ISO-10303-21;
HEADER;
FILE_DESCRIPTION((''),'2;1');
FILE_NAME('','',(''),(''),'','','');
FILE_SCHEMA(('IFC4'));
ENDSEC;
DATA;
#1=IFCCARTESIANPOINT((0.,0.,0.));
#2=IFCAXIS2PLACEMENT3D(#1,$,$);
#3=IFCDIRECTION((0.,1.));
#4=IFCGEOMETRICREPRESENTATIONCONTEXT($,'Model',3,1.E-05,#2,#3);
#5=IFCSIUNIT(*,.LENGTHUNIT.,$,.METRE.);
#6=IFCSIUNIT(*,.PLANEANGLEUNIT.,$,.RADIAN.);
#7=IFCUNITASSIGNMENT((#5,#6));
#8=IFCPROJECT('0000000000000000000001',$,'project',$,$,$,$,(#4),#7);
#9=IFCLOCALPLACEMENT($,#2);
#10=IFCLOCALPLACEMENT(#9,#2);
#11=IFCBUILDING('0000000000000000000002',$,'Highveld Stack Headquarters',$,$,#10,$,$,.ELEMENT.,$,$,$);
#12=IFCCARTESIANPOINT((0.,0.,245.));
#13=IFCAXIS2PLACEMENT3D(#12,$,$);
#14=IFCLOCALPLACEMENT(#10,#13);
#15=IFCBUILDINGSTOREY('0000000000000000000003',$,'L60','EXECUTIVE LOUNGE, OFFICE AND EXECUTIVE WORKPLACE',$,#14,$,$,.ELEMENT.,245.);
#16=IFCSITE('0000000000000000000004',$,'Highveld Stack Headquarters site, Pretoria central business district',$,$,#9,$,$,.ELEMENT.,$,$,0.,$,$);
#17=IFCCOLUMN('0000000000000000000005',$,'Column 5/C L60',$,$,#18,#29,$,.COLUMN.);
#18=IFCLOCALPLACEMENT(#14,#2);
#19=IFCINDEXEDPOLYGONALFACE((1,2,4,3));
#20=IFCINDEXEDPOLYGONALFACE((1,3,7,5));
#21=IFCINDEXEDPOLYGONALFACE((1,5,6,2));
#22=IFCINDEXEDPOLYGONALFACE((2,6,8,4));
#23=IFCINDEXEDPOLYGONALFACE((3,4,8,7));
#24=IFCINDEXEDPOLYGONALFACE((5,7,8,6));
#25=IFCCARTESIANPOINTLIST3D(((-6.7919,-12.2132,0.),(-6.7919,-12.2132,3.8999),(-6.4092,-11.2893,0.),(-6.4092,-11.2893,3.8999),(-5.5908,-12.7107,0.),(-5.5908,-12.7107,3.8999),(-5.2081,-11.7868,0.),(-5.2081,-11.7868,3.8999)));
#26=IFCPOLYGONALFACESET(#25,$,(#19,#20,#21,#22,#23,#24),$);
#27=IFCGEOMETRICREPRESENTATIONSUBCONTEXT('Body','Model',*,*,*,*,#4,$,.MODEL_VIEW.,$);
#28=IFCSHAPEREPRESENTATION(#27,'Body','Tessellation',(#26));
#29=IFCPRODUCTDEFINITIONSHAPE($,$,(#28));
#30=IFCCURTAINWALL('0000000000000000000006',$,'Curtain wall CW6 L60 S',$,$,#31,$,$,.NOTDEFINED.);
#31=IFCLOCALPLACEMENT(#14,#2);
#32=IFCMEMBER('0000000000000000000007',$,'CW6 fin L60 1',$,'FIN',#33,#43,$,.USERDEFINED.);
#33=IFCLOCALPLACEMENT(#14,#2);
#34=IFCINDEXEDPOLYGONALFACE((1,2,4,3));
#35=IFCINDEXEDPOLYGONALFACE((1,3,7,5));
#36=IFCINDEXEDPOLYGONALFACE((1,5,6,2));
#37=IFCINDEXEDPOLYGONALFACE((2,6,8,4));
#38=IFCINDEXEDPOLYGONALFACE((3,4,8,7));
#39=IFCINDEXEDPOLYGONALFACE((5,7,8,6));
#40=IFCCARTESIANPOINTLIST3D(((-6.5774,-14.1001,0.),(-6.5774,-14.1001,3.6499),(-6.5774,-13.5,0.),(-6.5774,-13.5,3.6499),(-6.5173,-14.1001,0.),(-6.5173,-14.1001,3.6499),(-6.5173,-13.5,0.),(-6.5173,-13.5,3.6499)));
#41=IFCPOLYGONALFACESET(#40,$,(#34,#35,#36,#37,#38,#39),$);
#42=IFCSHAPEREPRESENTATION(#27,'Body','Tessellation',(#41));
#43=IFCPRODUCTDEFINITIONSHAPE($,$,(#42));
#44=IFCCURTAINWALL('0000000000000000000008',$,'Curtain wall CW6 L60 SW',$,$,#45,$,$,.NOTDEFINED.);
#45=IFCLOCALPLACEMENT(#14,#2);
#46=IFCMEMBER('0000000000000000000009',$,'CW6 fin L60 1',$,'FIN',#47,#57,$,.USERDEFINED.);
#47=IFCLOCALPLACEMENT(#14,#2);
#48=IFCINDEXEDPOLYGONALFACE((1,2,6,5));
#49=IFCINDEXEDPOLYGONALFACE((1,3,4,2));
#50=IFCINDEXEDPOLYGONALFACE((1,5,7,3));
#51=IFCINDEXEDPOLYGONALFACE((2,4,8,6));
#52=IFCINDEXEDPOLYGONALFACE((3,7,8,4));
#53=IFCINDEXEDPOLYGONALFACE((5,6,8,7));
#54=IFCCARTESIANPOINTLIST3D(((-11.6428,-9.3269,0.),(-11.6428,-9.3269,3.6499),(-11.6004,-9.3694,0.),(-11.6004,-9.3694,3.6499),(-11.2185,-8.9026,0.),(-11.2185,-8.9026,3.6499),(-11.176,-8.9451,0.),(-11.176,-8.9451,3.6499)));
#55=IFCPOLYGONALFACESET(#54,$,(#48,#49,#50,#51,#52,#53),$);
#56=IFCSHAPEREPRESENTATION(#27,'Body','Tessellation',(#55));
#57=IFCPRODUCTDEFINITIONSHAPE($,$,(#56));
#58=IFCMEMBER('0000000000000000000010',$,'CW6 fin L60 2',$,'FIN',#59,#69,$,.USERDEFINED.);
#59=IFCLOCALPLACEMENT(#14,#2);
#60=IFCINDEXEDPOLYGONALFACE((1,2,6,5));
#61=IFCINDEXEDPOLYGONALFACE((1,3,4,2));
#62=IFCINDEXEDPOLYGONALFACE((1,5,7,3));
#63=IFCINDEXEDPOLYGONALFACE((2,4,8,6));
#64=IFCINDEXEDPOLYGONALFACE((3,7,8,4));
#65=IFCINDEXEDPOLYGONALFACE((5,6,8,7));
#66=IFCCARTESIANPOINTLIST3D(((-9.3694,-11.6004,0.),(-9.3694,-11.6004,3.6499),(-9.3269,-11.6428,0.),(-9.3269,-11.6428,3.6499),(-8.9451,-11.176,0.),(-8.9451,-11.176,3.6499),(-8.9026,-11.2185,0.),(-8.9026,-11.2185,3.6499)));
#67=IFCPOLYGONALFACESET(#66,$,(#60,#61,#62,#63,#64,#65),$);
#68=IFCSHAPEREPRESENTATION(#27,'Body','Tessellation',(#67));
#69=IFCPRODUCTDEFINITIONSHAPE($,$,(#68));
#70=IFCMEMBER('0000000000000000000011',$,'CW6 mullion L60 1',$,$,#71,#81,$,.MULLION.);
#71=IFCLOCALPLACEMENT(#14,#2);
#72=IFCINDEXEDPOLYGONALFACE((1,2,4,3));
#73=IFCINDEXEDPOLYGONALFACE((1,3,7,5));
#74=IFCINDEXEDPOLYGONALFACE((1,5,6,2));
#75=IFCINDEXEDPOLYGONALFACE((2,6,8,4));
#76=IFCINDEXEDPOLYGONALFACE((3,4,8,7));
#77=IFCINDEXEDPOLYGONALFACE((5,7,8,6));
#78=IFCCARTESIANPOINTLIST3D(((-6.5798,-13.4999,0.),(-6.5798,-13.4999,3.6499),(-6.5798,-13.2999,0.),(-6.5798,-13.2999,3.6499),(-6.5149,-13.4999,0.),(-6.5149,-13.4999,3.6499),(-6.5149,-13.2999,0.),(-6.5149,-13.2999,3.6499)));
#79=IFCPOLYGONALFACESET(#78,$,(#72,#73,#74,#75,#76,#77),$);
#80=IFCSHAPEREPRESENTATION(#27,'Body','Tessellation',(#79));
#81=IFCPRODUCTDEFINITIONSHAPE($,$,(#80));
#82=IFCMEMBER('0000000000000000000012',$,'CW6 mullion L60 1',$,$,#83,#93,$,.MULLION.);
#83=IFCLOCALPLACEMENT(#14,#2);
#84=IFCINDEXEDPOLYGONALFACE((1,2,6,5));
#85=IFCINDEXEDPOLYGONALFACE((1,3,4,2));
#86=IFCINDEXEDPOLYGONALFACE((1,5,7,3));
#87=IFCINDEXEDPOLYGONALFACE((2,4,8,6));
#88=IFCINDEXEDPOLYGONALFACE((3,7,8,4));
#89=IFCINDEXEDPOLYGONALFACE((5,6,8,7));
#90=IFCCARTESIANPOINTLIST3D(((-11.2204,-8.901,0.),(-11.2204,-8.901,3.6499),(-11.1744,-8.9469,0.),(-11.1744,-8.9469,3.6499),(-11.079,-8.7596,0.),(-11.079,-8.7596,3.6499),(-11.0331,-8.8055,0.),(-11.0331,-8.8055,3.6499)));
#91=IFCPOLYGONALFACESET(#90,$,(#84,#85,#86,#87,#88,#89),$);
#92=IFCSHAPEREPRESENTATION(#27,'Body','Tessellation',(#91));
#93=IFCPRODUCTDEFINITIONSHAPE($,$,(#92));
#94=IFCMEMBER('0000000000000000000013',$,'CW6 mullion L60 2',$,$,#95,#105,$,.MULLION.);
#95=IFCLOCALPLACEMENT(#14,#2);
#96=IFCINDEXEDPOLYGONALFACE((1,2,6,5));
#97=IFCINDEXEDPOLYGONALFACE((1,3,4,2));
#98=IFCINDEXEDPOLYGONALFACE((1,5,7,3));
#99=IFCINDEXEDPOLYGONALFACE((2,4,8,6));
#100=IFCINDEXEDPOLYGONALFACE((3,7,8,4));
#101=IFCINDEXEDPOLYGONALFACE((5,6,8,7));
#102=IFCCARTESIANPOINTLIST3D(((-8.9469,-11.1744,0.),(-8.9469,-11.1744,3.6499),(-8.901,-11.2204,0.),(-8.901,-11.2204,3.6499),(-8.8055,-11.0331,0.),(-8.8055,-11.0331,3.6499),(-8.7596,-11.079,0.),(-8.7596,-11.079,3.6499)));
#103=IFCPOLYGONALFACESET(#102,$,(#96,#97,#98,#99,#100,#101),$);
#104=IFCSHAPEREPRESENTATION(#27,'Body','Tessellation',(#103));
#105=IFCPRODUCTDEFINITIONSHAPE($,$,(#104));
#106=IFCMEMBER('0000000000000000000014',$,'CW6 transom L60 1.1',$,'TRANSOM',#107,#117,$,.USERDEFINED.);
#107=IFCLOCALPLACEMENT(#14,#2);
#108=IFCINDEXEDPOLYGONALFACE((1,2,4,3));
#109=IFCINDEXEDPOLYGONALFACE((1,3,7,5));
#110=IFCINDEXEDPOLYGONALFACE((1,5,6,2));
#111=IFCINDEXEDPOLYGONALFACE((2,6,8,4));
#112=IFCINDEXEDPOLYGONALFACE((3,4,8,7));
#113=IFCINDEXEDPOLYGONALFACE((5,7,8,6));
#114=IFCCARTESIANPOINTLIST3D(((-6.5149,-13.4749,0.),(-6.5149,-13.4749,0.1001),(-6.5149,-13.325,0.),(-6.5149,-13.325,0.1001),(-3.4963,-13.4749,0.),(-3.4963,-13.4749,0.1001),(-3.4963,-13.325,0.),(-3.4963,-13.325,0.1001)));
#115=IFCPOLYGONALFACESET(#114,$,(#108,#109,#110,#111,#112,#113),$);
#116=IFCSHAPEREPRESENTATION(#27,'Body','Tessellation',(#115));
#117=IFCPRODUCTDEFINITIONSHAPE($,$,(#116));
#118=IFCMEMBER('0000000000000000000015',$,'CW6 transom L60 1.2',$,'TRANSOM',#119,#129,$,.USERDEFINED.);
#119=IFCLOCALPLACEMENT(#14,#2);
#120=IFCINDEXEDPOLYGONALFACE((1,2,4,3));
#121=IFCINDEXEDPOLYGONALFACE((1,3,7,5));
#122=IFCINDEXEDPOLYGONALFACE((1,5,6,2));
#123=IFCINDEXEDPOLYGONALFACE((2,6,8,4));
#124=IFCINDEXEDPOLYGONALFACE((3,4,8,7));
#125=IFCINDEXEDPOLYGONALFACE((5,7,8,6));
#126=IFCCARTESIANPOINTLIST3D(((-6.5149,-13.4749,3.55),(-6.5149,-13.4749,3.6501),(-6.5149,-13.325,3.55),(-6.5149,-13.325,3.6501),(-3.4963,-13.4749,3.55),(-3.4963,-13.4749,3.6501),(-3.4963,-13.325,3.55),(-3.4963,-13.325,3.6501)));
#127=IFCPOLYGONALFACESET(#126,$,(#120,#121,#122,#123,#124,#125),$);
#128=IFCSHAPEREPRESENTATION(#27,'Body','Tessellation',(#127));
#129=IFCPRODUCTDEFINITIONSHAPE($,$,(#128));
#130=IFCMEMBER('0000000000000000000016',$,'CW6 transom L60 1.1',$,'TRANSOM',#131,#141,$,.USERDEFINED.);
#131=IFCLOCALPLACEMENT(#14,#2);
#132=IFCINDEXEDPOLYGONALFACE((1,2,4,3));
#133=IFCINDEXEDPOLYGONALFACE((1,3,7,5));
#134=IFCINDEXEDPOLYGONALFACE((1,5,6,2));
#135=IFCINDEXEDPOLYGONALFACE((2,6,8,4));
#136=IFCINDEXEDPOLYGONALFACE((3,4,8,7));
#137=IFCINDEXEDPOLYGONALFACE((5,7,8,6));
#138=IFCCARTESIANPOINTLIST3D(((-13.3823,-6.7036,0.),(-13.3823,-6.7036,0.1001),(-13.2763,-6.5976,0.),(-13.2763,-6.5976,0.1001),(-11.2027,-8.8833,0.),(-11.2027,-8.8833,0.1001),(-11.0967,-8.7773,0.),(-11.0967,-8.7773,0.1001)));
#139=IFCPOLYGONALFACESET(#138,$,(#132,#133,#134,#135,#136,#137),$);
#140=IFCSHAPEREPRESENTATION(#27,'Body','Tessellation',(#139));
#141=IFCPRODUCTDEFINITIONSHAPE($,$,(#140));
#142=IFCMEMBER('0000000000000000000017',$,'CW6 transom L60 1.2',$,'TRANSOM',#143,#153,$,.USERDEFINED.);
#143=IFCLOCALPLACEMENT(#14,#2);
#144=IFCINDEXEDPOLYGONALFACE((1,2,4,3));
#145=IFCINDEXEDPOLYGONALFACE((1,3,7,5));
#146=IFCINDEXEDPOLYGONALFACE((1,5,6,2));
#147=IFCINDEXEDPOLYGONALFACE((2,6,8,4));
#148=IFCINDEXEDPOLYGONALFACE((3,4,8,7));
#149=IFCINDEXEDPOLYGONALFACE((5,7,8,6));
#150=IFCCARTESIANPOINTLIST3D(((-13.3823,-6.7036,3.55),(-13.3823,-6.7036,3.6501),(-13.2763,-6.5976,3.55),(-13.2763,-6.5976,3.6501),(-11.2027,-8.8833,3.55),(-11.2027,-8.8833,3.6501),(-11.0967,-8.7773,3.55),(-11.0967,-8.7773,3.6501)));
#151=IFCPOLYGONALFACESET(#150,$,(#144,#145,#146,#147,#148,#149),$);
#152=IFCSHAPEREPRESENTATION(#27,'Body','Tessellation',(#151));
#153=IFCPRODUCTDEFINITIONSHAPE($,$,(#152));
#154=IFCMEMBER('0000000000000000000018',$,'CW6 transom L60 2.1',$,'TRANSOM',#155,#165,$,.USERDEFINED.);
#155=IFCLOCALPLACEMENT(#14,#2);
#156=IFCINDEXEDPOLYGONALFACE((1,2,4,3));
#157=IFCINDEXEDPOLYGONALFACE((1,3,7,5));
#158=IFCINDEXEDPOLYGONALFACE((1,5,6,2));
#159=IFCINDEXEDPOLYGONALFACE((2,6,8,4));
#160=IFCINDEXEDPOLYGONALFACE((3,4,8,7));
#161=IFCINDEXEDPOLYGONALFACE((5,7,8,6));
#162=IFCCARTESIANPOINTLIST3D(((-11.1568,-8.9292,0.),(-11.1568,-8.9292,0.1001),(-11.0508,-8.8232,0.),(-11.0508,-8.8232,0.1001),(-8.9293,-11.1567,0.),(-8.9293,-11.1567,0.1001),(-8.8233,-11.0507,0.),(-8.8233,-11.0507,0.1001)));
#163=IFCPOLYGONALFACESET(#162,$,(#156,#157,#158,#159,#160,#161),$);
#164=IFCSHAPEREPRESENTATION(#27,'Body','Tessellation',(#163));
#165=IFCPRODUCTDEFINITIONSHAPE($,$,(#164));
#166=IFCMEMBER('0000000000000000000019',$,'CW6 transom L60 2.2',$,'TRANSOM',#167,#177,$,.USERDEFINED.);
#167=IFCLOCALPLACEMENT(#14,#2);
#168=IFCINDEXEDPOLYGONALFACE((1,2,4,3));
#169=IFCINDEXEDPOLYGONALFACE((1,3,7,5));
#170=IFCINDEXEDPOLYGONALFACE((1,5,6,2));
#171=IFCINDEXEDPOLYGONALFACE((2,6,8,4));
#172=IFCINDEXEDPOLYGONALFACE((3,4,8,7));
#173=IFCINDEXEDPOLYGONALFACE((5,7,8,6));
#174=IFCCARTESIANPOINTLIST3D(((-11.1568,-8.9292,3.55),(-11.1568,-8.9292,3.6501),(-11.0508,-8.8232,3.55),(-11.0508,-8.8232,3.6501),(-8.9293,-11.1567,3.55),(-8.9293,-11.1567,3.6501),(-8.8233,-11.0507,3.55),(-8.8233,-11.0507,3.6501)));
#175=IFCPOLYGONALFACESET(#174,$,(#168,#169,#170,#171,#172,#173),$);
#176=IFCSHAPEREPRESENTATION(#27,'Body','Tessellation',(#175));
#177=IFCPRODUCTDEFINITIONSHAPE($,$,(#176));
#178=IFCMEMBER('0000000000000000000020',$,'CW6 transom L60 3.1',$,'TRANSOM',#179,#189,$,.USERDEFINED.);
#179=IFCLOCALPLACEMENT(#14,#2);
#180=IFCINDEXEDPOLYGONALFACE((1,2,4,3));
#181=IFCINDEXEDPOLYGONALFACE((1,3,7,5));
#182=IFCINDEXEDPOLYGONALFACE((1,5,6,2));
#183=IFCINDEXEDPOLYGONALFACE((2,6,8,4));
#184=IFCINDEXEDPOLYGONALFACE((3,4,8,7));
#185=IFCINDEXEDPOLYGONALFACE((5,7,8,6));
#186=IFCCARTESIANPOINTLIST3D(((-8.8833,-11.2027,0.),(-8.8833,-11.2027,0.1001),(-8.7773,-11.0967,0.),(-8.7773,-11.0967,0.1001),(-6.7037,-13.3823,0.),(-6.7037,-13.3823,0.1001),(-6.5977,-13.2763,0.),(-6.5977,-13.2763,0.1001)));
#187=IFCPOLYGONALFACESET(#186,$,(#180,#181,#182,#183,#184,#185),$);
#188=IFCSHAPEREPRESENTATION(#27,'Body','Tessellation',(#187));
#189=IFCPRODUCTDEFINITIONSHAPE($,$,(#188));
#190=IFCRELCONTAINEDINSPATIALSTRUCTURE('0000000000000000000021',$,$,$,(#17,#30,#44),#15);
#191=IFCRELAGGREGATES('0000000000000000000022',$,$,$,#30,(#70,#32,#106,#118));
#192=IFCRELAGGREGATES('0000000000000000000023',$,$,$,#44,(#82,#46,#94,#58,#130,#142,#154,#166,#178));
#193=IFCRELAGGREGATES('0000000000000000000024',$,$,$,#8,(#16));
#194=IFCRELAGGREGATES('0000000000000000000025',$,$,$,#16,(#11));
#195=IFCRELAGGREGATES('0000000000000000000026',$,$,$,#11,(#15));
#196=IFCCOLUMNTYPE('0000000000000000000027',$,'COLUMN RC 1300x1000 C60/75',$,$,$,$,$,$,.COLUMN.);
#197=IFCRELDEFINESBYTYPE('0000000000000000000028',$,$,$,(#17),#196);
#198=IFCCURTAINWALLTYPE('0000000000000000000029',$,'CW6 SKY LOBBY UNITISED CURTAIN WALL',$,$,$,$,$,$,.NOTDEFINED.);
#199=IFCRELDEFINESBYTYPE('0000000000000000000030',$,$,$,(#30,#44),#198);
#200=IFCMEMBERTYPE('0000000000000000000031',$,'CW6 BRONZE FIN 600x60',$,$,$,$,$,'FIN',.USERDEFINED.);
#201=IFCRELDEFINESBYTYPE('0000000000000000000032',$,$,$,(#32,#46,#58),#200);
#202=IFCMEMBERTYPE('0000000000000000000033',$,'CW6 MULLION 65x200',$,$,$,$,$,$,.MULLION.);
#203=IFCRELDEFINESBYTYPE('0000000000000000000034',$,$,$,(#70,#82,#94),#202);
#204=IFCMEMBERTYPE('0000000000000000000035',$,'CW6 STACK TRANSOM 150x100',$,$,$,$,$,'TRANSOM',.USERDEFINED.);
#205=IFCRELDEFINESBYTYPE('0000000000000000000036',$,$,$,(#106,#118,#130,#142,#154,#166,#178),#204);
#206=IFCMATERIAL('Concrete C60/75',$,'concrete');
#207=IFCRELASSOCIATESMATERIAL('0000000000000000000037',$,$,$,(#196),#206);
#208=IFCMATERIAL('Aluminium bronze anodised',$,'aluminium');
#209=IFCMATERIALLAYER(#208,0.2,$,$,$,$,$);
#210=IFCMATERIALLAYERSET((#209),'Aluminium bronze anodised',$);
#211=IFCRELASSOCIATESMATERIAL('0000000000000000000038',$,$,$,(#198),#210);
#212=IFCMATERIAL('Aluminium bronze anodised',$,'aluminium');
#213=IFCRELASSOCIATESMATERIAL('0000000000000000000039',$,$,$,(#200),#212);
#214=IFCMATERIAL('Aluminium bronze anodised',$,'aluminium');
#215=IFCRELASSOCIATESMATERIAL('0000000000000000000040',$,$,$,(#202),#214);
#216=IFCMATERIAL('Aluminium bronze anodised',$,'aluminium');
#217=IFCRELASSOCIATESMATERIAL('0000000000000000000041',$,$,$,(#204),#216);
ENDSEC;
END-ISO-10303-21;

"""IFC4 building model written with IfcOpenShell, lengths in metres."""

from ifc_helpers import new_model, si_unit, direction, frame, origin, origin_2d, place, context, subcontext, project, spatial, rectangle, extrude, material, layer, layer_set, material_profile, profile_set, type_object, element, aggregate, save


model = new_model("IFC4")

# Units and contexts
model_context = context("Model", 3, precision=1e-05, world=origin(), true_north=direction((0.0, 1.0)))
body_context = subcontext(model_context, "Body", "Model", "MODEL_VIEW")
ifc_project = project(units=[si_unit("LENGTHUNIT", "METRE"), si_unit("PLANEANGLEUNIT", "RADIAN")], contexts=[model_context])

# Site, building, storey
site_placement = place(None, origin())
site = spatial("IfcSite", under=ifc_project, at=site_placement, Name="Highveld Stack Headquarters site, Pretoria central business district", CompositionType="ELEMENT", RefElevation=0.0)
building_placement = place(site_placement, origin())
building = spatial("IfcBuilding", under=site, at=building_placement, Name="Highveld Stack Headquarters", CompositionType="ELEMENT")
storey_placement = place(building_placement, frame((0.0, 0.0, 245.0)))
storey = spatial("IfcBuildingStorey", under=building, at=storey_placement, Name="L60", Description="EXECUTIVE LOUNGE, OFFICE AND EXECUTIVE WORKPLACE", CompositionType="ELEMENT", Elevation=245.0)

# Column
ifc_material_1 = material(Name="Concrete C60/75", Category="concrete")
ifc_material_profile_1 = material_profile(ifc_material_1, rectangle(XDim=1.3, YDim=1.0, at=origin_2d()), Name="RC 1300x1000")
ifc_profile_set_1 = profile_set([ifc_material_profile_1], Name="Concrete C60/75")
column_type = type_object("IfcColumnType", Name="COLUMN RC 1300x1000 C60/75", PredefinedType="COLUMN", material=ifc_profile_set_1)
column_placement = place(storey_placement, frame((-6.0, -12.0, 0.0), z_axis=(0.0, 0.0, 1.0), x_axis=(-0.92388, 0.382683, 0.0)))
element("IfcColumn", 1, at=column_placement, inside=storey, type_object=column_type, Name="Column 5/C L60", PredefinedType="COLUMN", context=body_context, shape_type="SweptSolid", body=[
    extrude(rectangle(XDim=1.3, YDim=1.0, at=origin_2d()), origin(), (0.0, 0.0, 1.0), 3.8999),
])

# Curtain wall, member
ifc_material_2 = material(Name="Aluminium bronze anodised", Category="aluminium")
ifc_layer_1 = layer(ifc_material_2, 0.2)
ifc_layer_set_1 = layer_set([ifc_layer_1], Name="Aluminium bronze anodised")
curtain_wall_type = type_object("IfcCurtainWallType", Name="CW6 SKY LOBBY UNITISED CURTAIN WALL", PredefinedType="NOTDEFINED", material=ifc_layer_set_1)
curtain_wall_1_placement = place(storey_placement, origin())
curtain_wall_1 = element("IfcCurtainWall", 2, at=curtain_wall_1_placement, inside=storey, type_object=curtain_wall_type, Name="Curtain wall CW6 L60 S", PredefinedType="NOTDEFINED")
ifc_material_3 = material(Name="Aluminium bronze anodised", Category="aluminium")
ifc_material_profile_2 = material_profile(ifc_material_3, rectangle(XDim=0.6001, YDim=0.0601, at=origin_2d()), Name="FIN 600x60")
ifc_profile_set_2 = profile_set([ifc_material_profile_2], Name="Aluminium bronze anodised")
member_type_1 = type_object("IfcMemberType", Name="CW6 BRONZE FIN 600x60", ElementType="FIN", PredefinedType="USERDEFINED", material=ifc_profile_set_2)
member_1_placement = place(storey_placement, frame((-6.5474, -13.8, 0.0), z_axis=(0.0, 0.0, 1.0), x_axis=(0.0, 1.0, 0.0)))
member_1 = element("IfcMember", 3, at=member_1_placement, type_object=member_type_1, Name="CW6 fin L60 1", ObjectType="FIN", PredefinedType="USERDEFINED", context=body_context, shape_type="SweptSolid", body=[
    extrude(rectangle(XDim=0.6001, YDim=0.0601, at=origin_2d()), origin(), (0.0, 0.0, 1.0), 3.6499),
])

# Curtain wall, members
curtain_wall_2_placement = place(storey_placement, origin())
curtain_wall_2 = element("IfcCurtainWall", 4, at=curtain_wall_2_placement, inside=storey, type_object=curtain_wall_type, Name="Curtain wall CW6 L60 SW", PredefinedType="NOTDEFINED")
member_2_placement = place(storey_placement, frame((-11.4094, -9.136, 0.0), z_axis=(0.0, 0.0, 1.0), x_axis=(0.707107, 0.707107, 0.0)))
member_2 = element("IfcMember", 5, at=member_2_placement, type_object=member_type_1, Name="CW6 fin L60 1", ObjectType="FIN", PredefinedType="USERDEFINED", context=body_context, shape_type="SweptSolid", body=[
    extrude(rectangle(XDim=0.6001, YDim=0.0601, at=origin_2d()), origin(), (0.0, 0.0, 1.0), 3.6499),
])
member_3_placement = place(storey_placement, frame((-9.136, -11.4094, 0.0), z_axis=(0.0, 0.0, 1.0), x_axis=(0.707107, 0.707107, 0.0)))
member_3 = element("IfcMember", 6, at=member_3_placement, type_object=member_type_1, Name="CW6 fin L60 2", ObjectType="FIN", PredefinedType="USERDEFINED", context=body_context, shape_type="SweptSolid", body=[
    extrude(rectangle(XDim=0.6001, YDim=0.0601, at=origin_2d()), origin(), (0.0, 0.0, 1.0), 3.6499),
])

# Members
ifc_material_4 = material(Name="Aluminium bronze anodised", Category="aluminium")
ifc_material_profile_3 = material_profile(ifc_material_4, rectangle(XDim=0.2, YDim=0.0649, at=origin_2d()), Name="CW6 MULLION 65x200")
ifc_profile_set_3 = profile_set([ifc_material_profile_3], Name="Aluminium bronze anodised")
member_type_2 = type_object("IfcMemberType", Name="CW6 MULLION 65x200", PredefinedType="MULLION", material=ifc_profile_set_3)
member_4_placement = place(storey_placement, frame((-6.5474, -13.3999, 0.0), z_axis=(0.0, 0.0, 1.0), x_axis=(0.0, 1.0, 0.0)))
member_4 = element("IfcMember", 7, at=member_4_placement, type_object=member_type_2, Name="CW6 mullion L60 1", PredefinedType="MULLION", context=body_context, shape_type="SweptSolid", body=[
    extrude(rectangle(XDim=0.2, YDim=0.0649, at=origin_2d()), origin(), (0.0, 0.0, 1.0), 3.6499),
])
member_5_placement = place(storey_placement, frame((-11.1267, -8.8533, 0.0), z_axis=(0.0, 0.0, 1.0), x_axis=(0.707107, 0.707107, 0.0)))
member_5 = element("IfcMember", 8, at=member_5_placement, type_object=member_type_2, Name="CW6 mullion L60 1", PredefinedType="MULLION", context=body_context, shape_type="SweptSolid", body=[
    extrude(rectangle(XDim=0.2, YDim=0.0649, at=origin_2d()), origin(), (0.0, 0.0, 1.0), 3.6499),
])
member_6_placement = place(storey_placement, frame((-8.8533, -11.1267, 0.0), z_axis=(0.0, 0.0, 1.0), x_axis=(0.707107, 0.707107, 0.0)))
member_6 = element("IfcMember", 9, at=member_6_placement, type_object=member_type_2, Name="CW6 mullion L60 2", PredefinedType="MULLION", context=body_context, shape_type="SweptSolid", body=[
    extrude(rectangle(XDim=0.2, YDim=0.0649, at=origin_2d()), origin(), (0.0, 0.0, 1.0), 3.6499),
])
ifc_material_5 = material(Name="Aluminium bronze anodised", Category="aluminium")
ifc_material_profile_4 = material_profile(ifc_material_5, rectangle(XDim=0.1499, YDim=0.1001, at=origin_2d()), Name="CW6 TRANSOM 150x100")
ifc_profile_set_4 = profile_set([ifc_material_profile_4], Name="Aluminium bronze anodised")
member_type_3 = type_object("IfcMemberType", Name="CW6 STACK TRANSOM 150x100", ElementType="TRANSOM", PredefinedType="USERDEFINED", material=ifc_profile_set_4)
member_7_placement = place(storey_placement, frame((-6.5149, -13.3999, 0.05), z_axis=(1.0, 0.0, 0.0), x_axis=(0.0, 1.0, 0.0)))
member_7 = element("IfcMember", 10, at=member_7_placement, type_object=member_type_3, Name="CW6 transom L60 1.1", ObjectType="TRANSOM", PredefinedType="USERDEFINED", context=body_context, shape_type="SweptSolid", body=[
    extrude(rectangle(XDim=0.1499, YDim=0.1001, at=origin_2d()), origin(), (0.0, 0.0, 1.0), 3.0186),
])
member_8_placement = place(storey_placement, frame((-6.5149, -13.3999, 3.6001), z_axis=(1.0, 0.0, 0.0), x_axis=(0.0, 1.0, 0.0)))
member_8 = element("IfcMember", 11, at=member_8_placement, type_object=member_type_3, Name="CW6 transom L60 1.2", ObjectType="TRANSOM", PredefinedType="USERDEFINED", context=body_context, shape_type="SweptSolid", body=[
    extrude(rectangle(XDim=0.1499, YDim=0.1001, at=origin_2d()), origin(), (0.0, 0.0, 1.0), 3.0186),
])
aggregate(curtain_wall_1, [member_4, member_1, member_7, member_8])
member_9_placement = place(storey_placement, frame((-13.3293, -6.6506, 0.05), z_axis=(0.707107, -0.707107, 0.0), x_axis=(0.707107, 0.707107, 0.0)))
member_9 = element("IfcMember", 12, at=member_9_placement, type_object=member_type_3, Name="CW6 transom L60 1.1", ObjectType="TRANSOM", PredefinedType="USERDEFINED", context=body_context, shape_type="SweptSolid", body=[
    extrude(rectangle(XDim=0.1499, YDim=0.1001, at=origin_2d()), origin(), (0.0, 0.0, 1.0), 3.0825),
])
member_10_placement = place(storey_placement, frame((-13.3293, -6.6506, 3.6001), z_axis=(0.707107, -0.707107, 0.0), x_axis=(0.707107, 0.707107, 0.0)))
member_10 = element("IfcMember", 13, at=member_10_placement, type_object=member_type_3, Name="CW6 transom L60 1.2", ObjectType="TRANSOM", PredefinedType="USERDEFINED", context=body_context, shape_type="SweptSolid", body=[
    extrude(rectangle(XDim=0.1499, YDim=0.1001, at=origin_2d()), origin(), (0.0, 0.0, 1.0), 3.0825),
])
member_11_placement = place(storey_placement, frame((-11.1038, -8.8762, 0.05), z_axis=(0.707107, -0.707107, 0.0), x_axis=(0.707107, 0.707107, 0.0)))
member_11 = element("IfcMember", 14, at=member_11_placement, type_object=member_type_3, Name="CW6 transom L60 2.1", ObjectType="TRANSOM", PredefinedType="USERDEFINED", context=body_context, shape_type="SweptSolid", body=[
    extrude(rectangle(XDim=0.1499, YDim=0.1001, at=origin_2d()), origin(), (0.0, 0.0, 1.0), 3.1501),
])
member_12_placement = place(storey_placement, frame((-11.1038, -8.8762, 3.6001), z_axis=(0.707107, -0.707107, 0.0), x_axis=(0.707107, 0.707107, 0.0)))
member_12 = element("IfcMember", 15, at=member_12_placement, type_object=member_type_3, Name="CW6 transom L60 2.2", ObjectType="TRANSOM", PredefinedType="USERDEFINED", context=body_context, shape_type="SweptSolid", body=[
    extrude(rectangle(XDim=0.1499, YDim=0.1001, at=origin_2d()), origin(), (0.0, 0.0, 1.0), 3.1501),
])
member_13_placement = place(storey_placement, frame((-8.8303, -11.1497, 0.05), z_axis=(0.707107, -0.707107, 0.0), x_axis=(0.707107, 0.707107, 0.0)))
member_13 = element("IfcMember", 16, at=member_13_placement, type_object=member_type_3, Name="CW6 transom L60 3.1", ObjectType="TRANSOM", PredefinedType="USERDEFINED", context=body_context, shape_type="SweptSolid", body=[
    extrude(rectangle(XDim=0.1499, YDim=0.1001, at=origin_2d()), origin(), (0.0, 0.0, 1.0), 3.0825),
])

aggregate(curtain_wall_2, [member_5, member_2, member_6, member_3, member_9, member_10, member_11, member_12, member_13])

save(model, "model.ifc")
